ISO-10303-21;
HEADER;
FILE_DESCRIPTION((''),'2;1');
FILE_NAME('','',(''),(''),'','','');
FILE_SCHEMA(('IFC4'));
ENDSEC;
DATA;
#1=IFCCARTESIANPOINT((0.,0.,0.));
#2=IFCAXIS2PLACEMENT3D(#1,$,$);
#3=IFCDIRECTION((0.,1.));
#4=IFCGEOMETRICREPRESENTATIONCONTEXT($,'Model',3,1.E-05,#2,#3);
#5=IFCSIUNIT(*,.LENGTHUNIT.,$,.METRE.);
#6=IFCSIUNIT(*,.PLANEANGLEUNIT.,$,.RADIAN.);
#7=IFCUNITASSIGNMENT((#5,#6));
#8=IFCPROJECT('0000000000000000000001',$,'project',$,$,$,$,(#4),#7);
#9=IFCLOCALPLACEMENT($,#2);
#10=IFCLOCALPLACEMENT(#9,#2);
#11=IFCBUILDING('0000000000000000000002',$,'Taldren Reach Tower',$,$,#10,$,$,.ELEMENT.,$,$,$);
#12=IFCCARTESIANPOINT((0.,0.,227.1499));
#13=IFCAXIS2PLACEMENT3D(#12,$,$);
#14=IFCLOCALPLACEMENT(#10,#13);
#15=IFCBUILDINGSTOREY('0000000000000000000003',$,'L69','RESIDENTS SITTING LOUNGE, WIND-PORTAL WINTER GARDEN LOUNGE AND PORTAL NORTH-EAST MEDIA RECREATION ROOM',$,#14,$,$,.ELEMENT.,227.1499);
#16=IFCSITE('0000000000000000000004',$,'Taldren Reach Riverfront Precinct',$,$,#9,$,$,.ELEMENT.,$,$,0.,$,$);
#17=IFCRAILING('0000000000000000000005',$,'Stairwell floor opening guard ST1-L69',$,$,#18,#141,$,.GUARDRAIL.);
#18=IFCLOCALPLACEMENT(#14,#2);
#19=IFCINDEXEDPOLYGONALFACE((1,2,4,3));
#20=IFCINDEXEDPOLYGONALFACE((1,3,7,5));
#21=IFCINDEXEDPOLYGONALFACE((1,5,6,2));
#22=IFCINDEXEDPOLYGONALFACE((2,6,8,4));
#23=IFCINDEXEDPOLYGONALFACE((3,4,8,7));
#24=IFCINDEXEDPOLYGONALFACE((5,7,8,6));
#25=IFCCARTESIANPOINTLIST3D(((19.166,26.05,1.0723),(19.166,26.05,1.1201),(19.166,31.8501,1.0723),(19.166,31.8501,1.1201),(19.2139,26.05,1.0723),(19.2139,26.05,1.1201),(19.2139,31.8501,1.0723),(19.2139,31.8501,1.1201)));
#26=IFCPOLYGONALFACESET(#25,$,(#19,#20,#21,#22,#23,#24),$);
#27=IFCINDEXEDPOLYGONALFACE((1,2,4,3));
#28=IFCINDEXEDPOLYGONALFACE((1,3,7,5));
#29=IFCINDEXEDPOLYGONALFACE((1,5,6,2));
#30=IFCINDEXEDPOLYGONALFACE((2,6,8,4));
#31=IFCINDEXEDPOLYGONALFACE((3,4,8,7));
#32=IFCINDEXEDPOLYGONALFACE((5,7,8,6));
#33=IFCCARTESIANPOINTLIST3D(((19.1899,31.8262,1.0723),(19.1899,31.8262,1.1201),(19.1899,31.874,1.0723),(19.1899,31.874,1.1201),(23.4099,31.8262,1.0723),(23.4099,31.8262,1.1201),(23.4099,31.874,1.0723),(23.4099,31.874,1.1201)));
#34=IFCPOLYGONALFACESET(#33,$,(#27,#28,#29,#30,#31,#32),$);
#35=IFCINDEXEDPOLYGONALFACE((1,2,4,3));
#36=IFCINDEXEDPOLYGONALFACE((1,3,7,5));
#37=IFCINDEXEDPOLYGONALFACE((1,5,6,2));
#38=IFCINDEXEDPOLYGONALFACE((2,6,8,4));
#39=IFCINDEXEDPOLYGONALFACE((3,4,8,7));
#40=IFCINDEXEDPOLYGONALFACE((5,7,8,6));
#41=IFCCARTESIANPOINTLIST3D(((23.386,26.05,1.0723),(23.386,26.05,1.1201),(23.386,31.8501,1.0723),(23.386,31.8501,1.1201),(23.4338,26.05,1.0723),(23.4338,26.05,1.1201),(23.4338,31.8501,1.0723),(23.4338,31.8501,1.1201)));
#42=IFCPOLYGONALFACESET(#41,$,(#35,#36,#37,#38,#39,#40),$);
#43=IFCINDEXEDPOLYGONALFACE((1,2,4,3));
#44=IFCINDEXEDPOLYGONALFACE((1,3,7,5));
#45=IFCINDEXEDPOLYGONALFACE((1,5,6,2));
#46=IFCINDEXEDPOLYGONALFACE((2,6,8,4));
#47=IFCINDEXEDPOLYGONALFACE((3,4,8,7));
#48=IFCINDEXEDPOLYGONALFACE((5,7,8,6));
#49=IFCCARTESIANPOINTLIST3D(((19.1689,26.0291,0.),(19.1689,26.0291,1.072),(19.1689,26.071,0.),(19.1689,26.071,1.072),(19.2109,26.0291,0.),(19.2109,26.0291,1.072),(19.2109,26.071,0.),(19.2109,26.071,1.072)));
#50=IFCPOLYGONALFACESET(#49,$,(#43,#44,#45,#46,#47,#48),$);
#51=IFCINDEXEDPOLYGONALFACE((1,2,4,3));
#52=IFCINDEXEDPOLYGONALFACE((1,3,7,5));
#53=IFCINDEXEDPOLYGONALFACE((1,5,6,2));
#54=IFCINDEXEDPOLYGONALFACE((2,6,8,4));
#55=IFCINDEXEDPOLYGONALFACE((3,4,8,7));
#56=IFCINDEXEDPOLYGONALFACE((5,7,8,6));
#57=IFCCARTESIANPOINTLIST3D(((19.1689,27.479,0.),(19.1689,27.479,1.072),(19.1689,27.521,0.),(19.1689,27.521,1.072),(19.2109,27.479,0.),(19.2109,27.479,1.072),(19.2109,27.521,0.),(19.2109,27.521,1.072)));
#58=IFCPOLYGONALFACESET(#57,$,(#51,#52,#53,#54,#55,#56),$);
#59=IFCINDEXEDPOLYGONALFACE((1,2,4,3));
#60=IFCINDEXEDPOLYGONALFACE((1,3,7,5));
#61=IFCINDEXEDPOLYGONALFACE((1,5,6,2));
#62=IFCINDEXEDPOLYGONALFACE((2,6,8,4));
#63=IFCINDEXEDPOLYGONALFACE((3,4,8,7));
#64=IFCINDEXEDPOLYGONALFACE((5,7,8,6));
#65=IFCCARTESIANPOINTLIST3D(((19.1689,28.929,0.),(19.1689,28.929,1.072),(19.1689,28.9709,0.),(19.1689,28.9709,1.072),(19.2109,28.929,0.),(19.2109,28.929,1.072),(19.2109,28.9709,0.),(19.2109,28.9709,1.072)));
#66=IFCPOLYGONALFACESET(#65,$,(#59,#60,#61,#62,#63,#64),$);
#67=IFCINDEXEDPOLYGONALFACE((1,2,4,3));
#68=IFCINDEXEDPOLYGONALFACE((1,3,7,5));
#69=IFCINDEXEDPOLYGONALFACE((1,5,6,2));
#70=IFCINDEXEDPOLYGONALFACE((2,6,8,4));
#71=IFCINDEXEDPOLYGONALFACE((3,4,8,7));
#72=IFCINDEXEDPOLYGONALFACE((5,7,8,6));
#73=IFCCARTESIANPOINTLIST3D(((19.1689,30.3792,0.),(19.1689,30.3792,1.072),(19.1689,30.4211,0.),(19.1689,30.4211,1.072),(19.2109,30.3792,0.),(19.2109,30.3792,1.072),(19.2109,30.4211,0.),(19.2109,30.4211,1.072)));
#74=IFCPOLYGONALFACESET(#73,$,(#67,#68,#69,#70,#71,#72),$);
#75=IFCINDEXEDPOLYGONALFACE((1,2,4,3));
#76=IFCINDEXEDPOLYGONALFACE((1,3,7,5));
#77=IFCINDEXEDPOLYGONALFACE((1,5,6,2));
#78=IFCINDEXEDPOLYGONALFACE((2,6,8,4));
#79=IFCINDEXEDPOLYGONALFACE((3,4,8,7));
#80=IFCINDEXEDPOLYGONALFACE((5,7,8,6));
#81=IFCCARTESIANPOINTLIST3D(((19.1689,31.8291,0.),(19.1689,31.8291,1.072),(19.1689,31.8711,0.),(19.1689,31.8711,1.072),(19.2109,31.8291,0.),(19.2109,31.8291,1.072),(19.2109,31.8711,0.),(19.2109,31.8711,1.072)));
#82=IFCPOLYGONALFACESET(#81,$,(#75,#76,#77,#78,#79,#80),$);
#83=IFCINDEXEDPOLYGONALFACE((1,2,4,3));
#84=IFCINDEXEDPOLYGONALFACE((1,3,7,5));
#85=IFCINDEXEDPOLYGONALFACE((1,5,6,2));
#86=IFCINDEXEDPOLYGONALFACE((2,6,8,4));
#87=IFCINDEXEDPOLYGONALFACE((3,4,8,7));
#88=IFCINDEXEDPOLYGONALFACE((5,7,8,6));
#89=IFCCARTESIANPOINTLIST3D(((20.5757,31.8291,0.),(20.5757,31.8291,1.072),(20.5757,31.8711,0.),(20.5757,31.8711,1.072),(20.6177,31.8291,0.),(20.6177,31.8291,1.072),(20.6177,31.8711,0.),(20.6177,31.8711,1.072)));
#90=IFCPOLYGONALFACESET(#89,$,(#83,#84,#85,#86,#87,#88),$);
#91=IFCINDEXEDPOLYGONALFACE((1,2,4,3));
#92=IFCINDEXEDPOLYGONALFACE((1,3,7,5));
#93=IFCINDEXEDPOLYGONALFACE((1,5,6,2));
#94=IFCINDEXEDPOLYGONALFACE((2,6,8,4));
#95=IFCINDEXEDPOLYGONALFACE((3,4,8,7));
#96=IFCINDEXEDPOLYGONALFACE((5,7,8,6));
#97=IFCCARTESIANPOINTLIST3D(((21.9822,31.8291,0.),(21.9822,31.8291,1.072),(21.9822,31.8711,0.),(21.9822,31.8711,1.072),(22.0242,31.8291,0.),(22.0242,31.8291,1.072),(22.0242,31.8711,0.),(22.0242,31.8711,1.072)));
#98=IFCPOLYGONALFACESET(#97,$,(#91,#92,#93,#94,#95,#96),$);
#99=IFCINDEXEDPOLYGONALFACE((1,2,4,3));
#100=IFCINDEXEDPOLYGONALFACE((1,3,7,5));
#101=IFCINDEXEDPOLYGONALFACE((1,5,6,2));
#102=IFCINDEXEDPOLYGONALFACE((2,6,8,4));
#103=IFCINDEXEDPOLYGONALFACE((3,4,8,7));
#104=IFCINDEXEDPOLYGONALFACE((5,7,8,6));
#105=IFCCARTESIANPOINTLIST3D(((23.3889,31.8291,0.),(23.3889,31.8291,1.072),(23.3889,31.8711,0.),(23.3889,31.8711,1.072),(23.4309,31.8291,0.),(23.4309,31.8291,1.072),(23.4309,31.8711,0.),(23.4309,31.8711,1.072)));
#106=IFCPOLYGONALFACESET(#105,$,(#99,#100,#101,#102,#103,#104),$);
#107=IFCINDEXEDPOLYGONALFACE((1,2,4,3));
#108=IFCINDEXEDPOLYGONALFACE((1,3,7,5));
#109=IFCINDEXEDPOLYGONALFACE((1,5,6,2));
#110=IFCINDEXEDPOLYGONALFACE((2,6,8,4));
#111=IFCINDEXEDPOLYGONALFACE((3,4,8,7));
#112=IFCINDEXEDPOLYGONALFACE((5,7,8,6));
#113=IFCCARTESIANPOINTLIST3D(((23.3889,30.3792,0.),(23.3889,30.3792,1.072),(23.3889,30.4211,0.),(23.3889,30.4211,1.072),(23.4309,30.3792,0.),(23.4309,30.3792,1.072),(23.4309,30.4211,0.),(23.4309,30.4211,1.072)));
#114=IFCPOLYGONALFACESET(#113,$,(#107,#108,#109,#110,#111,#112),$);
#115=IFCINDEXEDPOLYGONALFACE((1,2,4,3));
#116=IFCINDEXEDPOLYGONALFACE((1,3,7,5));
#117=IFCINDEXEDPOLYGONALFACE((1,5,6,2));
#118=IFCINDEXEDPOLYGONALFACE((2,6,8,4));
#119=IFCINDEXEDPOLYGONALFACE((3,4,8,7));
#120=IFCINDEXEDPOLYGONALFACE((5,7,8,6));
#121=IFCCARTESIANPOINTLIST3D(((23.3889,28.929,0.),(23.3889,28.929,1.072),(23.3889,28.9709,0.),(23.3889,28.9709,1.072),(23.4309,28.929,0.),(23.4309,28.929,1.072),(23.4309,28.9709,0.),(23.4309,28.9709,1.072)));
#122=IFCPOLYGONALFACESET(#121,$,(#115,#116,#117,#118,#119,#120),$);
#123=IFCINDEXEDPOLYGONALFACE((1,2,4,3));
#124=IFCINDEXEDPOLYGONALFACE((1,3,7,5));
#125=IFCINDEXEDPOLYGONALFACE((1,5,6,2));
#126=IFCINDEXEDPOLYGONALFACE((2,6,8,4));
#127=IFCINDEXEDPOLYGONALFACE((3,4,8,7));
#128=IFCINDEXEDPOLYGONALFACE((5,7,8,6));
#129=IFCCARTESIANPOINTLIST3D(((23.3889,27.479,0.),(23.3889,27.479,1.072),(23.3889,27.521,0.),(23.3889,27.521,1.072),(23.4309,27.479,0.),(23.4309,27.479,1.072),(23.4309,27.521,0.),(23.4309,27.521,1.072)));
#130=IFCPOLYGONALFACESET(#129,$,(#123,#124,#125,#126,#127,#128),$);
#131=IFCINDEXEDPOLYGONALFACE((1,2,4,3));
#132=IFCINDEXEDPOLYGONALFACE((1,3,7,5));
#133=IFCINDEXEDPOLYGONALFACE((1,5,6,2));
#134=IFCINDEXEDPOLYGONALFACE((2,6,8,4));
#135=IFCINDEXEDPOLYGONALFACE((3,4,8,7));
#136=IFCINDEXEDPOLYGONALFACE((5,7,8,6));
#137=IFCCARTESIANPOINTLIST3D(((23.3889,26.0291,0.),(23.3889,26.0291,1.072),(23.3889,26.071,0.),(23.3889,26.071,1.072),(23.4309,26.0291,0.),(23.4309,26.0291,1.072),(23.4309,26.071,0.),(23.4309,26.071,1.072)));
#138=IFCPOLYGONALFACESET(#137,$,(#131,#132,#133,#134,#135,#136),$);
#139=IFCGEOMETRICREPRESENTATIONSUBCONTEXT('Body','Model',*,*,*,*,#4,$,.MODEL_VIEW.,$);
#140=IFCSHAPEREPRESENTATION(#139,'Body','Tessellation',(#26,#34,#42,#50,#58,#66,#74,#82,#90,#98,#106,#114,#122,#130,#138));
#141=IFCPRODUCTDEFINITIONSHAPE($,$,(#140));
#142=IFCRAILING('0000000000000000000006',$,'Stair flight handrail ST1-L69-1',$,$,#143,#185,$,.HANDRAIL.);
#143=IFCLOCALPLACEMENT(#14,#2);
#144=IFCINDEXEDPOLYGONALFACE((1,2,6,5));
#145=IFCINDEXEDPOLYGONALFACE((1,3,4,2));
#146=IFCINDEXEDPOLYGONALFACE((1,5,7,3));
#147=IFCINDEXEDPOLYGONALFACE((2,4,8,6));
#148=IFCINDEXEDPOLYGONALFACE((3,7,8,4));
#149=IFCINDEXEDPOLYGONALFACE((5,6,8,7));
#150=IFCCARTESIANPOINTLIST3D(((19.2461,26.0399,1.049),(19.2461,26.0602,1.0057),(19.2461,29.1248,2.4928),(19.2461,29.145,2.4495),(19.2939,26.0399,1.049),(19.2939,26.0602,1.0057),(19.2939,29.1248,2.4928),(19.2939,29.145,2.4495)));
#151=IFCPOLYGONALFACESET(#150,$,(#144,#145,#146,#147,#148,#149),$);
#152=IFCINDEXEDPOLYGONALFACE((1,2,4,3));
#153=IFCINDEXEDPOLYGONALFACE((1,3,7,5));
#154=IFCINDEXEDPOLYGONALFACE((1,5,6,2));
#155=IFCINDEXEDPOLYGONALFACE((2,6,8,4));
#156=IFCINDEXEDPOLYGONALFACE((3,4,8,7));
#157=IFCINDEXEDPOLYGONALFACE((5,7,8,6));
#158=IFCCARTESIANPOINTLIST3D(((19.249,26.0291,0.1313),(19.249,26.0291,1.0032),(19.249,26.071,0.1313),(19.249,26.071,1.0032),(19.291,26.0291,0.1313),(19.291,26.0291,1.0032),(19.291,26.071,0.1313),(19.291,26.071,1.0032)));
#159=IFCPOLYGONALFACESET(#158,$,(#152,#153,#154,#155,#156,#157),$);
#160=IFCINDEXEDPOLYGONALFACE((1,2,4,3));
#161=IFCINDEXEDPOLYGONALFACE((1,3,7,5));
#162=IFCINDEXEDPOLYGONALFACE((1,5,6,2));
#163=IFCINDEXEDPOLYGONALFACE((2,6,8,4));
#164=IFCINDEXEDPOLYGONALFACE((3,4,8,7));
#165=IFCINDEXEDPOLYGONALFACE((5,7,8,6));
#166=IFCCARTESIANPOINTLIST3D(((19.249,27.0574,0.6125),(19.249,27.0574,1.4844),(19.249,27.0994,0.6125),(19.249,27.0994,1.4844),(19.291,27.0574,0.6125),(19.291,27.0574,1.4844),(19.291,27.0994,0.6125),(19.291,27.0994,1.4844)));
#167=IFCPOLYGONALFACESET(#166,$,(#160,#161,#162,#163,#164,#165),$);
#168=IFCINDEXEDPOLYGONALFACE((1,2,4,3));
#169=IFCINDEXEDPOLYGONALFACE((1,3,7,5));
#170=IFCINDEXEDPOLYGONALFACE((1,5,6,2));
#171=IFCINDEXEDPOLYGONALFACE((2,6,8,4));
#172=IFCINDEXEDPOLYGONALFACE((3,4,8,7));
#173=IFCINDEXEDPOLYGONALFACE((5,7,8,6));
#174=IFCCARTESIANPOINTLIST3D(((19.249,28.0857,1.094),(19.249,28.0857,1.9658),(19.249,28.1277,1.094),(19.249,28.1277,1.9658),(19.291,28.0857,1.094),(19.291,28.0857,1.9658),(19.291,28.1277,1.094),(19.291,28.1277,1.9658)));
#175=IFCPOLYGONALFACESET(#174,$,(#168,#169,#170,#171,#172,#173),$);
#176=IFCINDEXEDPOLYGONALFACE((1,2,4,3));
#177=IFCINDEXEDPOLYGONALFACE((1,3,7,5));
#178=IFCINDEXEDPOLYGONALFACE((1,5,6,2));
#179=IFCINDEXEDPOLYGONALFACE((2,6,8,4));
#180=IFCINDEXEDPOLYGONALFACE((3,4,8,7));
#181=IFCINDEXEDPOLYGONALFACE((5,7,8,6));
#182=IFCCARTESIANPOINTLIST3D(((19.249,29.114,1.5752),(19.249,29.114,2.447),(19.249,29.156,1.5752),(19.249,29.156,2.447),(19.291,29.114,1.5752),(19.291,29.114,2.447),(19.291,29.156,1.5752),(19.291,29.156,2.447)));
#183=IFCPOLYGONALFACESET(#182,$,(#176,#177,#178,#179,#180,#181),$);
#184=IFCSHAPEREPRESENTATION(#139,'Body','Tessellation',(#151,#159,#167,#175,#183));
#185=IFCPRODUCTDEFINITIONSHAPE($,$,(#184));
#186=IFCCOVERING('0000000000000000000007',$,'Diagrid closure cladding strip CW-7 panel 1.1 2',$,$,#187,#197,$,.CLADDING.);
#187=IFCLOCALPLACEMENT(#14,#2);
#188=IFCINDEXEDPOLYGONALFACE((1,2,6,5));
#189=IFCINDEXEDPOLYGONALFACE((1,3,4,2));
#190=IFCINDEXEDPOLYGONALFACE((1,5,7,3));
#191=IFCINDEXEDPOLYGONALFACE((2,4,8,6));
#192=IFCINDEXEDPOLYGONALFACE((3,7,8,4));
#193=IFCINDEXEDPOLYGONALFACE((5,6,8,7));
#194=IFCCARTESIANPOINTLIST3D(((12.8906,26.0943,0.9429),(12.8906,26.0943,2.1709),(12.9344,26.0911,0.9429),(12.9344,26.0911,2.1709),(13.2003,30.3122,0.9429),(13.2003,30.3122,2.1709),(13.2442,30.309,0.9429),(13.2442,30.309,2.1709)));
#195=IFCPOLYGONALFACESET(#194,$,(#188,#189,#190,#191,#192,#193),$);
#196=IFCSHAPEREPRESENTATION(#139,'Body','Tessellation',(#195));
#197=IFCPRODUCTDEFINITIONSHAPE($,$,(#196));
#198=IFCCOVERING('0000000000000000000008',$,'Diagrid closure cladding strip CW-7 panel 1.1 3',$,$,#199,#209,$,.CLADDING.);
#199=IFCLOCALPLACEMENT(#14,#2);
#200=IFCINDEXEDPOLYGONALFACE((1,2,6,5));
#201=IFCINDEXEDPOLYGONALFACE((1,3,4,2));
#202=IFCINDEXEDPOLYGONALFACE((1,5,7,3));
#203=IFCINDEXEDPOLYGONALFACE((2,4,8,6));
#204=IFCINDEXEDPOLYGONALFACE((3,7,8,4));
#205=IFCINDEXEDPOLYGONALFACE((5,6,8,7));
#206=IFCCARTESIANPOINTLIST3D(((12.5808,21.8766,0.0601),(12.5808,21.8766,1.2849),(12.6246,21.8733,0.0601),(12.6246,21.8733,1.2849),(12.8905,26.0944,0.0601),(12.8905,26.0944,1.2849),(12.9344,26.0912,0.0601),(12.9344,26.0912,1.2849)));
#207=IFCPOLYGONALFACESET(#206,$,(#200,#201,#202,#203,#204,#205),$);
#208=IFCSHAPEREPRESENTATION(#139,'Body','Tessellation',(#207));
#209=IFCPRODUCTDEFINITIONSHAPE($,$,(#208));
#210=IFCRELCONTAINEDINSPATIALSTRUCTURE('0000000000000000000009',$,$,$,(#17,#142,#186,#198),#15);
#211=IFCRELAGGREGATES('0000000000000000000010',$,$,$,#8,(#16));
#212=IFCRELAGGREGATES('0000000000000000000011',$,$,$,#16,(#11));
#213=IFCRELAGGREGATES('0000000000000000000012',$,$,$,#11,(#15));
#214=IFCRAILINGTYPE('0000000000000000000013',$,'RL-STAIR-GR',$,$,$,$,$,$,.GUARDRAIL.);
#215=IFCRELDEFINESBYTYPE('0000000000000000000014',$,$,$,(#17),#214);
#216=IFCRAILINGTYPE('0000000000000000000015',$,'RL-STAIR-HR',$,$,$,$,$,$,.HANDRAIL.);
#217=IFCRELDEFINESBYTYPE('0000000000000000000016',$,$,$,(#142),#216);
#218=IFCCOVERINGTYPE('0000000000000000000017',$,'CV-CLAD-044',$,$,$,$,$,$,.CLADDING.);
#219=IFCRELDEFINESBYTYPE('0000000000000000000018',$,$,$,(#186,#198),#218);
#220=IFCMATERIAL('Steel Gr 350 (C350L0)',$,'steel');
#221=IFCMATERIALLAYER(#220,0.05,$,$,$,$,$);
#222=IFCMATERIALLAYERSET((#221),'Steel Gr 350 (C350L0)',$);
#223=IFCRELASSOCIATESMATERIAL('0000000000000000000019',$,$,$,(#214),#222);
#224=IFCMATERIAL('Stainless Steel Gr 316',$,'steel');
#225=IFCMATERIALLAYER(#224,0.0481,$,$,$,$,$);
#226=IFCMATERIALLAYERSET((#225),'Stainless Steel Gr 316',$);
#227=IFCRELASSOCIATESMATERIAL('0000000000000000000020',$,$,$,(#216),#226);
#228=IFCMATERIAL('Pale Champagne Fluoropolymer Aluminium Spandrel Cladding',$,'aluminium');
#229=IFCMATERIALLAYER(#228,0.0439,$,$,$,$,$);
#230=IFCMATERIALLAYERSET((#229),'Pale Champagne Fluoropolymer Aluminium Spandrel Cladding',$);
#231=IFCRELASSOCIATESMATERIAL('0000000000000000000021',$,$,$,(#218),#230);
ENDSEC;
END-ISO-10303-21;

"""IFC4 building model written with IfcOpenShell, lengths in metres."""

from ifc_helpers import new_model, si_unit, direction, frame, origin, origin_2d, place, context, subcontext, project, spatial, rectangle, extrude, source, transform, mapped, material, layer, layer_set, type_object, element, save


model = new_model("IFC4")

# Units and contexts
model_context = context("Model", 3, precision=1e-05, world=origin(), true_north=direction((0.0, 1.0)))
body_context = subcontext(model_context, "Body", "Model", "MODEL_VIEW")
ifc_project = project(units=[si_unit("LENGTHUNIT", "METRE"), si_unit("PLANEANGLEUNIT", "RADIAN")], contexts=[model_context])

# Site, building, storey
site_placement = place(None, origin())
site = spatial("IfcSite", under=ifc_project, at=site_placement, Name="Taldren Reach Riverfront Precinct", CompositionType="ELEMENT", RefElevation=0.0)
building_placement = place(site_placement, origin())
building = spatial("IfcBuilding", under=site, at=building_placement, Name="Taldren Reach Tower", CompositionType="ELEMENT")
storey_placement = place(building_placement, frame((0.0, 0.0, 227.1499)))
storey = spatial("IfcBuildingStorey", under=building, at=storey_placement, Name="L69", Description="RESIDENTS SITTING LOUNGE, WIND-PORTAL WINTER GARDEN LOUNGE AND PORTAL NORTH-EAST MEDIA RECREATION ROOM", CompositionType="ELEMENT", Elevation=227.1499)

# Shared definitions
ifc_material_1 = material(Name="Steel Gr 350 (C350L0)", Category="steel")

# Railings
ifc_layer_1 = layer(ifc_material_1, 0.05)
ifc_layer_set_1 = layer_set([ifc_layer_1], Name="Steel Gr 350 (C350L0)")
railing_type_1 = type_object("IfcRailingType", Name="RL-STAIR-GR", PredefinedType="GUARDRAIL", material=ifc_layer_set_1)
railing_1_placement = place(storey_placement, frame((19.1899, 26.05, 0.0)))
element("IfcRailing", 1, at=railing_1_placement, inside=storey, type_object=railing_type_1, Name="Stairwell floor opening guard ST1-L69", PredefinedType="GUARDRAIL", context=body_context, shape_type="SweptSolid", body=[
    extrude(rectangle(XDim=0.0479, YDim=0.0479, at=origin_2d()), frame((0.0, 0.0, 1.0962), z_axis=(0.0, 1.0, 0.0), x_axis=(-1.0, 0.0, 0.0)), (0.0, 0.0, 1.0), 5.8),
    extrude(rectangle(XDim=0.0479, YDim=0.0479, at=origin_2d()), frame((0.0, 5.8, 1.0962), z_axis=(1.0, 0.0, 0.0), x_axis=(0.0, 1.0, 0.0)), (0.0, 0.0, 1.0), 4.22),
    extrude(rectangle(XDim=0.0479, YDim=0.0479, at=origin_2d()), frame((4.22, 5.8, 1.0962), z_axis=(0.0, -1.0, 0.0), x_axis=(1.0, 0.0, 0.0)), (0.0, 0.0, 1.0), 5.8),
    extrude(rectangle(XDim=0.042, YDim=0.042, at=origin_2d()), origin(), (0.0, 0.0, 1.0), 1.072),
    extrude(rectangle(XDim=0.042, YDim=0.042, at=origin_2d()), frame((0.0, 1.45, 0.0)), (0.0, 0.0, 1.0), 1.072),
    extrude(rectangle(XDim=0.042, YDim=0.042, at=origin_2d()), frame((0.0, 2.8999, 0.0)), (0.0, 0.0, 1.0), 1.072),
    extrude(rectangle(XDim=0.042, YDim=0.042, at=origin_2d()), frame((0.0, 4.3501, 0.0)), (0.0, 0.0, 1.0), 1.072),
    extrude(rectangle(XDim=0.042, YDim=0.042, at=origin_2d()), frame((0.0, 5.8, 0.0)), (0.0, 0.0, 1.0), 1.072),
    extrude(rectangle(XDim=0.042, YDim=0.042, at=origin_2d()), frame((1.4067, 5.8, 0.0)), (0.0, 0.0, 1.0), 1.072),
    extrude(rectangle(XDim=0.042, YDim=0.042, at=origin_2d()), frame((2.8132, 5.8, 0.0)), (0.0, 0.0, 1.0), 1.072),
    extrude(rectangle(XDim=0.042, YDim=0.042, at=origin_2d()), frame((4.22, 5.8, 0.0)), (0.0, 0.0, 1.0), 1.072),
    extrude(rectangle(XDim=0.042, YDim=0.042, at=origin_2d()), frame((4.22, 4.3501, 0.0)), (0.0, 0.0, 1.0), 1.072),
    extrude(rectangle(XDim=0.042, YDim=0.042, at=origin_2d()), frame((4.22, 2.8999, 0.0)), (0.0, 0.0, 1.0), 1.072),
    extrude(rectangle(XDim=0.042, YDim=0.042, at=origin_2d()), frame((4.22, 1.45, 0.0)), (0.0, 0.0, 1.0), 1.072),
    extrude(rectangle(XDim=0.042, YDim=0.042, at=origin_2d()), frame((4.22, 0.0, 0.0)), (0.0, 0.0, 1.0), 1.072),
])
ifc_material_2 = material(Name="Stainless Steel Gr 316", Category="steel")
ifc_layer_2 = layer(ifc_material_2, 0.0481)
ifc_layer_set_2 = layer_set([ifc_layer_2], Name="Stainless Steel Gr 316")
railing_type_2 = type_object("IfcRailingType", Name="RL-STAIR-HR", PredefinedType="HANDRAIL", material=ifc_layer_set_2)
railing_2_placement = place(storey_placement, frame((19.27, 26.05, 0.1313)))
element("IfcRailing", 2, at=railing_2_placement, inside=storey, type_object=railing_type_2, Name="Stair flight handrail ST1-L69-1", PredefinedType="HANDRAIL", context=body_context, shape_type="SweptSolid", body=[
    extrude(rectangle(XDim=0.0479, YDim=0.0479, at=origin_2d()), frame((0.0, 0.0, 0.896), z_axis=(0.0, 0.90571, 0.423898), x_axis=(-1.0, 0.0, 0.0)), (0.0, 0.0, 1.0), 3.406),
    extrude(rectangle(XDim=0.042, YDim=0.042, at=origin_2d()), origin(), (0.0, 0.0, 1.0), 0.8718),
    extrude(rectangle(XDim=0.042, YDim=0.042, at=origin_2d()), frame((0.0, 1.0283, 0.4812)), (0.0, 0.0, 1.0), 0.8718),
    extrude(rectangle(XDim=0.042, YDim=0.042, at=origin_2d()), frame((0.0, 2.0566, 0.9626)), (0.0, 0.0, 1.0), 0.8718),
    extrude(rectangle(XDim=0.042, YDim=0.042, at=origin_2d()), frame((0.0, 3.085, 1.4438)), (0.0, 0.0, 1.0), 0.8718),
])

# Coverings
ifc_material_3 = material(Name="Pale Champagne Fluoropolymer Aluminium Spandrel Cladding", Category="aluminium")
ifc_layer_3 = layer(ifc_material_3, 0.0439)
ifc_layer_set_3 = layer_set([ifc_layer_3], Name="Pale Champagne Fluoropolymer Aluminium Spandrel Cladding")
covering_type = type_object("IfcCoveringType", Name="CV-CLAD-044", PredefinedType="CLADDING", material=ifc_layer_set_3)
shared_shape_1 = source(origin(), body_context, "Body", "SweptSolid", [
    extrude(rectangle(XDim=4.2292, YDim=0.0439, at=origin_2d()), origin(), (0.0, 0.0, 1.0), 1.228),
])
covering_1_placement = place(storey_placement, frame((13.0674, 28.2017, 0.9429), z_axis=(0.0, 0.0, 1.0), x_axis=(-0.073238, -0.997314, 0.0)))
element("IfcCovering", 3, at=covering_1_placement, inside=storey, type_object=covering_type, Name="Diagrid closure cladding strip CW-7 panel 1.1 2", PredefinedType="CLADDING", context=body_context, shape_type="MappedRepresentation", body=[
    mapped(shared_shape_1, transform((0.0, 0.0, 0.0), scale=1.0)),
])
shared_shape_2 = source(origin(), body_context, "Body", "SweptSolid", [
    extrude(rectangle(XDim=4.2292, YDim=0.0439, at=origin_2d()), origin(), (0.0, 0.0, 1.0), 1.2249),
])
covering_2_placement = place(storey_placement, frame((12.7576, 23.9839, 0.0601), z_axis=(0.0, 0.0, 1.0), x_axis=(-0.073238, -0.997314, 0.0)))
element("IfcCovering", 4, at=covering_2_placement, inside=storey, type_object=covering_type, Name="Diagrid closure cladding strip CW-7 panel 1.1 3", PredefinedType="CLADDING", context=body_context, shape_type="MappedRepresentation", body=[
    mapped(shared_shape_2, transform((0.0, 0.0, 0.0), scale=1.0)),
])

save(model, "model.ifc")
